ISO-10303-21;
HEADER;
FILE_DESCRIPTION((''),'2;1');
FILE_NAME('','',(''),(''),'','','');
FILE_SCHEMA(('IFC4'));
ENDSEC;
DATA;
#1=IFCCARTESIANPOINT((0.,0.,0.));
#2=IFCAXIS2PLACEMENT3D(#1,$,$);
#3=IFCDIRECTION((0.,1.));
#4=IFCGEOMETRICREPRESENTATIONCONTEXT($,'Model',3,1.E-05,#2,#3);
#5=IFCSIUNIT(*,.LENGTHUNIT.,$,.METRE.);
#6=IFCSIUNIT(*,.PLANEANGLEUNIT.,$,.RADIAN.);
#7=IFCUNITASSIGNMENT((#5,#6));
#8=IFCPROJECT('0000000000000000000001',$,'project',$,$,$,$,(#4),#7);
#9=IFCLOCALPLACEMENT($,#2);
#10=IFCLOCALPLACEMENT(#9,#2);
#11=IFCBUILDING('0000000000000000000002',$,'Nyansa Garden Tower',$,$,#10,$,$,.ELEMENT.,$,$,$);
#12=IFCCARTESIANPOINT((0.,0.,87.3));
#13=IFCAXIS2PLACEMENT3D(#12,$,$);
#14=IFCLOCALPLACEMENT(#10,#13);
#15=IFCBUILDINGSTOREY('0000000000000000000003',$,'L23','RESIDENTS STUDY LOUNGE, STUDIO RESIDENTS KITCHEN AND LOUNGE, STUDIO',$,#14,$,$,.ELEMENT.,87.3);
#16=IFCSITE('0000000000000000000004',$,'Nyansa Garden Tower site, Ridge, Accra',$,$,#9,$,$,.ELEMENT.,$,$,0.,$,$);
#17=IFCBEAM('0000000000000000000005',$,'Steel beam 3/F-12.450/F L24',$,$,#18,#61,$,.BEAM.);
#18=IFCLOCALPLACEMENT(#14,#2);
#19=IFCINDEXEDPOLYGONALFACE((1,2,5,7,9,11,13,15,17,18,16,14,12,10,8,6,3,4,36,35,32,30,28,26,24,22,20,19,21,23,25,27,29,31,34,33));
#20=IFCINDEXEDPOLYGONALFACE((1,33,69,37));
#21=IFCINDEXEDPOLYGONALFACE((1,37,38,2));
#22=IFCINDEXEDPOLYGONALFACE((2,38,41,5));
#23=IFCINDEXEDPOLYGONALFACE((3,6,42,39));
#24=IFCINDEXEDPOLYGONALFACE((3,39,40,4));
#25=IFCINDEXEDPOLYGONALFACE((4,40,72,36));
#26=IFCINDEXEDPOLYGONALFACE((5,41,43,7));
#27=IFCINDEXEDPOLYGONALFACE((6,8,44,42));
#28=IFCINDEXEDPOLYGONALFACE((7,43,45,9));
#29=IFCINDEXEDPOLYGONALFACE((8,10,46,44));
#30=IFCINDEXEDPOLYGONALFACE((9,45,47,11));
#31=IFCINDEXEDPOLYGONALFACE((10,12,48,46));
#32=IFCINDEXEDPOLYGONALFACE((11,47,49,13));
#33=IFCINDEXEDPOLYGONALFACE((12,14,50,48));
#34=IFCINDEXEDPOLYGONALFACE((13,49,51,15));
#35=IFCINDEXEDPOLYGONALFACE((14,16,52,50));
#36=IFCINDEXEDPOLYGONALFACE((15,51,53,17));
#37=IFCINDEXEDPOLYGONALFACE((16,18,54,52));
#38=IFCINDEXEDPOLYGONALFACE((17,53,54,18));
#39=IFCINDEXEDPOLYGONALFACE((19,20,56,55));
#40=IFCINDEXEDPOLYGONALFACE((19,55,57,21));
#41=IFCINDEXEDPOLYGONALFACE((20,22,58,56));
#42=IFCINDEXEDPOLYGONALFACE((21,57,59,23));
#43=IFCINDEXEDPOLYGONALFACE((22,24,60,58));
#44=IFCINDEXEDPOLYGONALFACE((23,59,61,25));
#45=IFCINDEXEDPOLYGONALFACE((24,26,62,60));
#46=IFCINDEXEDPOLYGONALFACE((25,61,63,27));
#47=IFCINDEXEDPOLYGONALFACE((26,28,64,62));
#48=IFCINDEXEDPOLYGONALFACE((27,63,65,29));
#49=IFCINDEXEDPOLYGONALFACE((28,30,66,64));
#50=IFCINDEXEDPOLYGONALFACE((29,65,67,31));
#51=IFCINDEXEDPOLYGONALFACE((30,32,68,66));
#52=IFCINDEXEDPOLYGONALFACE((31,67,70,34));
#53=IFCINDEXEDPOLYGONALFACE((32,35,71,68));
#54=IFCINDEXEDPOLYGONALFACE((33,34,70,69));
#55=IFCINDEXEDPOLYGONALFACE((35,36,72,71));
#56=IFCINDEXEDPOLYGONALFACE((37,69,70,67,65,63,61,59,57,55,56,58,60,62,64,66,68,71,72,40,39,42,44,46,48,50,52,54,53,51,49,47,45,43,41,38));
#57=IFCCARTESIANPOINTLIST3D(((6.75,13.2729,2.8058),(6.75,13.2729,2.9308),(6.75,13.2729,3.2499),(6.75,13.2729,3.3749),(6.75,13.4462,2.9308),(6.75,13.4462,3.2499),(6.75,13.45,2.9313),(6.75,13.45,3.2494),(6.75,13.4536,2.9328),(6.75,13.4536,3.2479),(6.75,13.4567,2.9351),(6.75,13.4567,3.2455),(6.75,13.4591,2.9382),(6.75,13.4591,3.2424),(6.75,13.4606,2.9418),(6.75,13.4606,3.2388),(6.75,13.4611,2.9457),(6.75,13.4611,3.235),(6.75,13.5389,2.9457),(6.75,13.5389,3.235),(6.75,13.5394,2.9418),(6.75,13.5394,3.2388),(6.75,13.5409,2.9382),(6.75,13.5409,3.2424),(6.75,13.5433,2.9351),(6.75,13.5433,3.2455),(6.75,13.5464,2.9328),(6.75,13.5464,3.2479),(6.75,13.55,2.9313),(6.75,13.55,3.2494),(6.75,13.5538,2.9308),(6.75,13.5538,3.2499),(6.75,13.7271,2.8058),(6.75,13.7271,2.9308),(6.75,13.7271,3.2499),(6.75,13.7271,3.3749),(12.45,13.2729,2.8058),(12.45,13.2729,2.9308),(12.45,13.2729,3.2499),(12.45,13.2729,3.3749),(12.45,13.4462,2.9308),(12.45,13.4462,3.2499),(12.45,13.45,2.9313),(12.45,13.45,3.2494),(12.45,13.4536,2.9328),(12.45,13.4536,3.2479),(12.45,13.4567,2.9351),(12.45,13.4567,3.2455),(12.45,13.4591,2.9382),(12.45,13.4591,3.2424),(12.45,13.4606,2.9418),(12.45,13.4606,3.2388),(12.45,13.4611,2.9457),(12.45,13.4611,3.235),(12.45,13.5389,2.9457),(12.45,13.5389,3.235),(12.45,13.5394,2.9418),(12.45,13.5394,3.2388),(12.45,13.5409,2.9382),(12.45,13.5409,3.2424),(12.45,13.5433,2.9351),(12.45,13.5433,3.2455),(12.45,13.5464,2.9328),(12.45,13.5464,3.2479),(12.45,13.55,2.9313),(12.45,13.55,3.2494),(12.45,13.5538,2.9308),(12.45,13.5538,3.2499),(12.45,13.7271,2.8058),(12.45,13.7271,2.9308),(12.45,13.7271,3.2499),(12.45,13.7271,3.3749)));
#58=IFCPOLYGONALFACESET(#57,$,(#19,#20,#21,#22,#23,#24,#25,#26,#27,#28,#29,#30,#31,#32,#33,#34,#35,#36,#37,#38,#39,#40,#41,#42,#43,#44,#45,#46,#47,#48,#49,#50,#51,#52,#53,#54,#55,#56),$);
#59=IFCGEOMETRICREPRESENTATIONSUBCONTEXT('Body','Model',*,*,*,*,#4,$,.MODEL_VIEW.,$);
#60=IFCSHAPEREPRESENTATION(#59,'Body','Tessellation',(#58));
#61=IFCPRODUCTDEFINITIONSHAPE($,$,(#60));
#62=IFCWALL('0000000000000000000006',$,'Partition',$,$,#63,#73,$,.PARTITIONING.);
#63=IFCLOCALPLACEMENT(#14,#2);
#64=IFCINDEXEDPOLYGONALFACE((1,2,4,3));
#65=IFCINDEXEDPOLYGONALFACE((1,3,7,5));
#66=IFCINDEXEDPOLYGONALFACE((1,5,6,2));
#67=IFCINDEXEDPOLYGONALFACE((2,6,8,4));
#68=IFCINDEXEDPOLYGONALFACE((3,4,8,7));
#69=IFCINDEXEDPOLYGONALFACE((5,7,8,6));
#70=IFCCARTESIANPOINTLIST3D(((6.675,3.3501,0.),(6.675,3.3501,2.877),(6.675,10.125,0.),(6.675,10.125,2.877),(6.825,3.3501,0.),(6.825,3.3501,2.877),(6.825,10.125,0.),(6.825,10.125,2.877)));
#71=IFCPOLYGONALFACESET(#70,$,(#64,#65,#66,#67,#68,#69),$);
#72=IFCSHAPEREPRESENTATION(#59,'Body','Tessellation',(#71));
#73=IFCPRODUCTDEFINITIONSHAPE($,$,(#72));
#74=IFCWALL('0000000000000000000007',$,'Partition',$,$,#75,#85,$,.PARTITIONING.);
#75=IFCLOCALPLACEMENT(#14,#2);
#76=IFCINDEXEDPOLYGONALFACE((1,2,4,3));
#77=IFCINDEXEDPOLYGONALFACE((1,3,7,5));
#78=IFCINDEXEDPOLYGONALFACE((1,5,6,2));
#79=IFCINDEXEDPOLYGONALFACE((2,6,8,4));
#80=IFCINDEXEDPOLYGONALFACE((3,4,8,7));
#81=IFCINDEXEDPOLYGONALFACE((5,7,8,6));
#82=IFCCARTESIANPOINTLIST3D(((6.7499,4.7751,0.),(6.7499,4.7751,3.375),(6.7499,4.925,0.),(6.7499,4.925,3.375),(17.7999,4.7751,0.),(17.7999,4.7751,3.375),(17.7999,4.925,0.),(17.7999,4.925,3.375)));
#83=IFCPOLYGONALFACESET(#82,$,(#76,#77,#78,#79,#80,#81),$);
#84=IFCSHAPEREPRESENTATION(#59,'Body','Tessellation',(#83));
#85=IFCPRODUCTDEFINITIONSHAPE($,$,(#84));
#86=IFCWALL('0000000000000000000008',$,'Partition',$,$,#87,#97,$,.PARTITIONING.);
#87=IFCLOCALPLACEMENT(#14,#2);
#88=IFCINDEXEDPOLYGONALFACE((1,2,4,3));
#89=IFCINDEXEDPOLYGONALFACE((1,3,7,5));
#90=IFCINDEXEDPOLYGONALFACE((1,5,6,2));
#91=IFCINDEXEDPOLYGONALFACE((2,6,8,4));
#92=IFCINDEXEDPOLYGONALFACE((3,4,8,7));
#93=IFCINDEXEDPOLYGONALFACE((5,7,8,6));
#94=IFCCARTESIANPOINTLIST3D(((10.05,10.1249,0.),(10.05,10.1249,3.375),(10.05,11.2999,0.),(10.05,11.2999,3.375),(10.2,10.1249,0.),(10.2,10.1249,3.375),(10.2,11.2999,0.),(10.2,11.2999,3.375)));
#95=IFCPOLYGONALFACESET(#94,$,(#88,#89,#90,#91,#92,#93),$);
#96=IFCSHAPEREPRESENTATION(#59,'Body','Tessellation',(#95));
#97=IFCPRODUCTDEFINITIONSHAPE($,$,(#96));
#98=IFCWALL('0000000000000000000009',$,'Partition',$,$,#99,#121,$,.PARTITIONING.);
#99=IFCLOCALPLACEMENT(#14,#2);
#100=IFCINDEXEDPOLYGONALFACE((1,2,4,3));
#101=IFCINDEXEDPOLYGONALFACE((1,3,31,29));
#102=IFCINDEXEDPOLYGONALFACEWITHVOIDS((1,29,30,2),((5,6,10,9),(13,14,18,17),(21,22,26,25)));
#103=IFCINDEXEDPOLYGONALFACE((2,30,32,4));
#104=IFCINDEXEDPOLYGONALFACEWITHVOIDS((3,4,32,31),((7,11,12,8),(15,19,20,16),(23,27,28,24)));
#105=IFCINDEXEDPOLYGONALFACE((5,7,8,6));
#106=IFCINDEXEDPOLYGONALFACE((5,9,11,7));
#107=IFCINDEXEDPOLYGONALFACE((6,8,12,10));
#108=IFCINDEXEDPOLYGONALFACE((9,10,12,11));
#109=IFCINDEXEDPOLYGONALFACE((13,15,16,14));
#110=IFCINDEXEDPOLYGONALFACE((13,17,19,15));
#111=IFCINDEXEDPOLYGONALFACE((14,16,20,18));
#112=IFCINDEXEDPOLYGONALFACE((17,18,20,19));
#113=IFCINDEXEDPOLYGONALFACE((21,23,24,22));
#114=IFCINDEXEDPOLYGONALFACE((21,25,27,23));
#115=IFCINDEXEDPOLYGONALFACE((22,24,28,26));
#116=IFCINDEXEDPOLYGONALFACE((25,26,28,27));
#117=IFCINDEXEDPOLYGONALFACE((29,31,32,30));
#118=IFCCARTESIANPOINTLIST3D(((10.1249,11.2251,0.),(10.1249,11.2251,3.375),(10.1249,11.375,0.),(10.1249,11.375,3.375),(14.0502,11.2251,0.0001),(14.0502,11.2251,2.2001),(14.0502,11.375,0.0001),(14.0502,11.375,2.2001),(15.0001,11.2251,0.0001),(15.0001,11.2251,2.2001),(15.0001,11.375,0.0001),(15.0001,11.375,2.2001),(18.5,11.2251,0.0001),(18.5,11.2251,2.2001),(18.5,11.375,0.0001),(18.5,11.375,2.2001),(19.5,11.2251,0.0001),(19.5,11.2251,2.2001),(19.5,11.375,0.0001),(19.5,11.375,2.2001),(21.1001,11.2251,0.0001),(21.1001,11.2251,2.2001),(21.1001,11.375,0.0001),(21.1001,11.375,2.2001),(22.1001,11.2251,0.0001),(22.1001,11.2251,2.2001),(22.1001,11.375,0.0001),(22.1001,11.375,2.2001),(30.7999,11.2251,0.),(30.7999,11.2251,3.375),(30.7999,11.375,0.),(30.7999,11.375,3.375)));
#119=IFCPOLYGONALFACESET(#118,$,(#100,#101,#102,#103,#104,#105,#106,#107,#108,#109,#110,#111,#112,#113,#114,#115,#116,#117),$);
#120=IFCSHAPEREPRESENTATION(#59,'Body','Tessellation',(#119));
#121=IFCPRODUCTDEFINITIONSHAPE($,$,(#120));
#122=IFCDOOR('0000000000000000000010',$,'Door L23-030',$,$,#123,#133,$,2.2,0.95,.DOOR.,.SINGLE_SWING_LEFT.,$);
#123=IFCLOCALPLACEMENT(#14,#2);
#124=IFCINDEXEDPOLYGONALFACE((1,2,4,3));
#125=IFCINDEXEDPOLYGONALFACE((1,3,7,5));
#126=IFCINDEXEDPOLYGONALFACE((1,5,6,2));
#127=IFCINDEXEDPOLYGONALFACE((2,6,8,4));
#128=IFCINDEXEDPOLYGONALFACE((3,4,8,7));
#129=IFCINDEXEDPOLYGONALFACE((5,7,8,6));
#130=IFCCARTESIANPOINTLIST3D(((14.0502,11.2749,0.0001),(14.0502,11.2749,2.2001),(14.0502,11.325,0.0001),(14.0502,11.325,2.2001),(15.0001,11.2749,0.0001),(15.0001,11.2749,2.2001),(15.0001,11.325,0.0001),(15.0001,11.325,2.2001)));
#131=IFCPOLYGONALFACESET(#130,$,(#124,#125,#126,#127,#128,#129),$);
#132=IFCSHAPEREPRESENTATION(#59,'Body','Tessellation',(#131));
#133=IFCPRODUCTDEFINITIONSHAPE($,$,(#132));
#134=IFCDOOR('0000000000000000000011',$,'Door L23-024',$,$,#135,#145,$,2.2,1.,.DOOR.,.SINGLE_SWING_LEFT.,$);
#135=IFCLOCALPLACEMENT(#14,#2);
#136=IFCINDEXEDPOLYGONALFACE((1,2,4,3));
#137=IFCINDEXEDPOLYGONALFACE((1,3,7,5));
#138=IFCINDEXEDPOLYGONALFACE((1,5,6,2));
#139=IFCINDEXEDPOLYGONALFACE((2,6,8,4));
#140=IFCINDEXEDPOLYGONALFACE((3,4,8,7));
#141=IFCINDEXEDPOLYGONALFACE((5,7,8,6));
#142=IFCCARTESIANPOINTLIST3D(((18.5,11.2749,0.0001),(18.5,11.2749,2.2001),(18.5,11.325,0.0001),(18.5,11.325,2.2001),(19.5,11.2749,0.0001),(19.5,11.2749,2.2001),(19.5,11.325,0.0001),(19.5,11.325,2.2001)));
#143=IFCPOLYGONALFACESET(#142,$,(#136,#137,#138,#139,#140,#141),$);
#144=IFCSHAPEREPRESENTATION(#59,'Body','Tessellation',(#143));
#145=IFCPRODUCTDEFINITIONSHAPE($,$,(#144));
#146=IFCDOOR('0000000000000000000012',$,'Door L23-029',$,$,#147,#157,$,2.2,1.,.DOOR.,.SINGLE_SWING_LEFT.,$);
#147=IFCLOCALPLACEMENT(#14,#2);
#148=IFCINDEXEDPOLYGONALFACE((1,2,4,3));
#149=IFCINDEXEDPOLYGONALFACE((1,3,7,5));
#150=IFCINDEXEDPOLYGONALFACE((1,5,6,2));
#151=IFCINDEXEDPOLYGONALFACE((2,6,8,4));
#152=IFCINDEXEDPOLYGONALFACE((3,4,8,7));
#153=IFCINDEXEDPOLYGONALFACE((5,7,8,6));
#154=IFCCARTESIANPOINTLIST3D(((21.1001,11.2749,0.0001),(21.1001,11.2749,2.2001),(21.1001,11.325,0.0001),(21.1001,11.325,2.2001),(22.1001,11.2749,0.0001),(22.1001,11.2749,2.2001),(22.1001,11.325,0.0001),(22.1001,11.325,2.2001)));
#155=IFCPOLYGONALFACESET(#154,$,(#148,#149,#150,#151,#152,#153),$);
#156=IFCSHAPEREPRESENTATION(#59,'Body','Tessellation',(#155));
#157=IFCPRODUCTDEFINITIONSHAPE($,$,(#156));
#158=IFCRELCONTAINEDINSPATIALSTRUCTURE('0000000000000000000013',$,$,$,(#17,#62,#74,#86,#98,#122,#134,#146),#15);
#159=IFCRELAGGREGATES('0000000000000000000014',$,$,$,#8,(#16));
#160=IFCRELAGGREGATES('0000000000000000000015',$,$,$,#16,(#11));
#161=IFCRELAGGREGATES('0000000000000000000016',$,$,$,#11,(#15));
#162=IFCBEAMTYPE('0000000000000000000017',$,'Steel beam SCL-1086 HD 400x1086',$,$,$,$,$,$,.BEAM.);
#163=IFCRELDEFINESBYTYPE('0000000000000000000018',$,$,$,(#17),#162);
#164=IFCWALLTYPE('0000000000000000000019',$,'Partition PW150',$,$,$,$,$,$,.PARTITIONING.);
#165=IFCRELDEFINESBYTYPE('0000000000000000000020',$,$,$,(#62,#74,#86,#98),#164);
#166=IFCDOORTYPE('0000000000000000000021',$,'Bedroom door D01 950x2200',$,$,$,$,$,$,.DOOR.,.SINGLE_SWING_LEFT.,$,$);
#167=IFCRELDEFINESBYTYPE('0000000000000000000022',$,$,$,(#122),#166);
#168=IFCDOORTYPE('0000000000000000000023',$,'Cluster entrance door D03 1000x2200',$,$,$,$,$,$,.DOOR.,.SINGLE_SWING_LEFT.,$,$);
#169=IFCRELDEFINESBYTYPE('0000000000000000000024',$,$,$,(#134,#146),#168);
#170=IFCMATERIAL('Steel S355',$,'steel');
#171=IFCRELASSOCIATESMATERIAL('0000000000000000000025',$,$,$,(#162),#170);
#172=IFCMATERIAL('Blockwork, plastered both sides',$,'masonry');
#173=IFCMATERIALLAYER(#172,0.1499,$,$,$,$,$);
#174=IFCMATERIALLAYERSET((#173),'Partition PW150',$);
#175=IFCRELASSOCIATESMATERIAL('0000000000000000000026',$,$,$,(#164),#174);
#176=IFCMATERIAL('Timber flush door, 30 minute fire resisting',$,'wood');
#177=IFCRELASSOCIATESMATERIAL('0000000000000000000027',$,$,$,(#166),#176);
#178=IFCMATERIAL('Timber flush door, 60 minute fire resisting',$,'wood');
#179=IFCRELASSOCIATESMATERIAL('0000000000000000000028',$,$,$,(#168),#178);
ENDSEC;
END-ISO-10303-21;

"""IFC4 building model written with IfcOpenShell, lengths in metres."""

from ifc_helpers import new_model, si_unit, direction, frame, frame_2d, origin, origin_2d, place, context, subcontext, project, spatial, rectangle, i_section, extrude, material, layer, layer_set, material_profile, profile_set, type_object, element, fill, save


model = new_model("IFC4")

# Units and contexts
model_context = context("Model", 3, precision=1e-05, world=origin(), true_north=direction((0.0, 1.0)))
body_context = subcontext(model_context, "Body", "Model", "MODEL_VIEW")
ifc_project = project(units=[si_unit("LENGTHUNIT", "METRE"), si_unit("PLANEANGLEUNIT", "RADIAN")], contexts=[model_context])

# Site, building, storey
site_placement = place(None, origin())
site = spatial("IfcSite", under=ifc_project, at=site_placement, Name="Nyansa Garden Tower site, Ridge, Accra", CompositionType="ELEMENT", RefElevation=0.0)
building_placement = place(site_placement, origin())
building = spatial("IfcBuilding", under=site, at=building_placement, Name="Nyansa Garden Tower", CompositionType="ELEMENT")
storey_placement = place(building_placement, frame((0.0, 0.0, 87.3)))
storey = spatial("IfcBuildingStorey", under=building, at=storey_placement, Name="L23", Description="RESIDENTS STUDY LOUNGE, STUDIO RESIDENTS KITCHEN AND LOUNGE, STUDIO", CompositionType="ELEMENT", Elevation=87.3)

# Beam
ifc_material_1 = material(Name="Steel S355", Category="steel")
ifc_material_profile_1 = material_profile(ifc_material_1, i_section(OverallWidth=0.4541, OverallDepth=0.5691, WebThickness=0.0779, FlangeThickness=0.125, FilletRadius=0.0149, at=origin_2d()), Name="HD 400x1086")
ifc_profile_set_1 = profile_set([ifc_material_profile_1], Name="Steel S355")
beam_type_1 = type_object("IfcBeamType", Name="Steel beam SCL-1086 HD 400x1086", PredefinedType="BEAM", material=ifc_profile_set_1)
beam_placement = place(storey_placement, frame((6.75, 13.5, 3.0903), z_axis=(1.0, 0.0, 0.0), x_axis=(0.0, 1.0, 0.0)))
element("IfcBeam", 1, at=beam_placement, inside=storey, type_object=beam_type_1, Name="Steel beam 3/F-12.450/F L24", PredefinedType="BEAM", context=body_context, shape_type="SweptSolid", body=[
    extrude(i_section(OverallWidth=0.4541, OverallDepth=0.5691, WebThickness=0.0779, FlangeThickness=0.125, FilletRadius=0.0149, at=origin_2d()), origin(), (0.0, 0.0, 1.0), 5.7),
])

# Walls
ifc_material_2 = material(Name="Blockwork, plastered both sides", Category="masonry")
ifc_layer_1 = layer(ifc_material_2, 0.1499)
ifc_layer_set_1 = layer_set([ifc_layer_1], Name="Partition PW150")
wall_type_1 = type_object("IfcWallType", Name="Partition PW150", PredefinedType="PARTITIONING", material=ifc_layer_set_1)
wall_1_placement = place(storey_placement, frame((6.75, 3.3501, 0.0), z_axis=(0.0, 0.0, 1.0), x_axis=(0.0, 1.0, 0.0)))
element("IfcWall", 2, at=wall_1_placement, inside=storey, type_object=wall_type_1, Name="Partition", PredefinedType="PARTITIONING", context=body_context, shape_type="SweptSolid", body=[
    extrude(rectangle(XDim=6.7749, YDim=0.1499, at=frame_2d((3.3875, 0.0))), origin(), (0.0, 0.0, 1.0), 2.877),
])
wall_2_placement = place(storey_placement, frame((6.75, 4.8501, 0.0), z_axis=(0.0, 0.0, 1.0), x_axis=(1.0, 0.0, 0.0)))
element("IfcWall", 3, at=wall_2_placement, inside=storey, type_object=wall_type_1, Name="Partition", PredefinedType="PARTITIONING", context=body_context, shape_type="SweptSolid", body=[
    extrude(rectangle(XDim=11.05, YDim=0.1499, at=frame_2d((5.5249, 0.0))), origin(), (0.0, 0.0, 1.0), 3.375),
])
wall_3_placement = place(storey_placement, frame((10.125, 10.125, 0.0), z_axis=(0.0, 0.0, 1.0), x_axis=(0.0, 1.0, 0.0)))
element("IfcWall", 4, at=wall_3_placement, inside=storey, type_object=wall_type_1, Name="Partition", PredefinedType="PARTITIONING", context=body_context, shape_type="SweptSolid", body=[
    extrude(rectangle(XDim=1.175, YDim=0.1499, at=frame_2d((0.5874, 0.0))), origin(), (0.0, 0.0, 1.0), 3.375),
])

# Wall, openings, doors
wall_4_placement = place(storey_placement, frame((10.125, 11.3, 0.0), z_axis=(0.0, 0.0, 1.0), x_axis=(1.0, 0.0, 0.0)))
wall_4 = element("IfcWall", 5, at=wall_4_placement, inside=storey, type_object=wall_type_1, Name="Partition", PredefinedType="PARTITIONING", context=body_context, shape_type="SweptSolid", body=[
    extrude(rectangle(XDim=20.675, YDim=0.1499, at=frame_2d((10.3374, 0.0))), origin(), (0.0, 0.0, 1.0), 3.375),
])
opening_1_placement = place(wall_4_placement, frame((8.375, 0.0, 0.0)))
opening_1 = element("IfcOpeningElement", 6, at=opening_1_placement, cuts=wall_4, PredefinedType="OPENING", context=body_context, shape_type="SweptSolid", body=[
    extrude(rectangle(XDim=1.0, YDim=2.2, at=frame_2d((0.5, 1.1001))), frame((0.0, 0.085, 0.0), z_axis=(0.0, -1.0, 0.0), x_axis=(1.0, 0.0, 0.0)), (0.0, 0.0, 1.0), 0.1699),
])
opening_2_placement = place(wall_4_placement, frame((10.9751, 0.0, 0.0)))
opening_2 = element("IfcOpeningElement", 7, at=opening_2_placement, cuts=wall_4, PredefinedType="OPENING", context=body_context, shape_type="SweptSolid", body=[
    extrude(rectangle(XDim=1.0, YDim=2.2, at=frame_2d((0.5, 1.1001))), frame((0.0, 0.085, 0.0), z_axis=(0.0, -1.0, 0.0), x_axis=(1.0, 0.0, 0.0)), (0.0, 0.0, 1.0), 0.1699),
])
opening_3_placement = place(wall_4_placement, frame((3.925, 0.0, 0.0)))
opening_3 = element("IfcOpeningElement", 8, at=opening_3_placement, cuts=wall_4, PredefinedType="OPENING", context=body_context, shape_type="SweptSolid", body=[
    extrude(rectangle(XDim=0.95, YDim=2.2, at=frame_2d((0.4751, 1.1001))), frame((0.0, 0.085, 0.0), z_axis=(0.0, -1.0, 0.0), x_axis=(1.0, 0.0, 0.0)), (0.0, 0.0, 1.0), 0.1699),
])
ifc_material_3 = material(Name="Timber flush door, 30 minute fire resisting", Category="wood")
door_type_1 = type_object("IfcDoorType", Name="Bedroom door D01 950x2200", OperationType="SINGLE_SWING_LEFT", PredefinedType="DOOR", material=ifc_material_3)
door_1_placement = place(opening_3_placement, origin())
door_1 = element("IfcDoor", 9, at=door_1_placement, inside=storey, type_object=door_type_1, Name="Door L23-030", OperationType="SINGLE_SWING_LEFT", OverallHeight=2.2, OverallWidth=0.95, PredefinedType="DOOR", context=body_context, shape_type="SweptSolid", body=[
    extrude(rectangle(XDim=0.95, YDim=2.2, at=frame_2d((0.4751, 1.1001))), frame((0.0, 0.0249, 0.0), z_axis=(0.0, -1.0, 0.0), x_axis=(1.0, 0.0, 0.0)), (0.0, 0.0, 1.0), 0.05),
])
fill(opening_3, door_1)
ifc_material_4 = material(Name="Timber flush door, 60 minute fire resisting", Category="wood")
door_type_2 = type_object("IfcDoorType", Name="Cluster entrance door D03 1000x2200", OperationType="SINGLE_SWING_LEFT", PredefinedType="DOOR", material=ifc_material_4)
door_2_placement = place(opening_1_placement, origin())
door_2 = element("IfcDoor", 10, at=door_2_placement, inside=storey, type_object=door_type_2, Name="Door L23-024", OperationType="SINGLE_SWING_LEFT", OverallHeight=2.2, OverallWidth=1.0, PredefinedType="DOOR", context=body_context, shape_type="SweptSolid", body=[
    extrude(rectangle(XDim=1.0, YDim=2.2, at=frame_2d((0.5, 1.1001))), frame((0.0, 0.0249, 0.0), z_axis=(0.0, -1.0, 0.0), x_axis=(1.0, 0.0, 0.0)), (0.0, 0.0, 1.0), 0.05),
])
fill(opening_1, door_2)
door_3_placement = place(opening_2_placement, origin())
door_3 = element("IfcDoor", 11, at=door_3_placement, inside=storey, type_object=door_type_2, Name="Door L23-029", OperationType="SINGLE_SWING_LEFT", OverallHeight=2.2, OverallWidth=1.0, PredefinedType="DOOR", context=body_context, shape_type="SweptSolid", body=[
    extrude(rectangle(XDim=1.0, YDim=2.2, at=frame_2d((0.5, 1.1001))), frame((0.0, 0.0249, 0.0), z_axis=(0.0, -1.0, 0.0), x_axis=(1.0, 0.0, 0.0)), (0.0, 0.0, 1.0), 0.05),
])
fill(opening_2, door_3)

save(model, "model.ifc")
